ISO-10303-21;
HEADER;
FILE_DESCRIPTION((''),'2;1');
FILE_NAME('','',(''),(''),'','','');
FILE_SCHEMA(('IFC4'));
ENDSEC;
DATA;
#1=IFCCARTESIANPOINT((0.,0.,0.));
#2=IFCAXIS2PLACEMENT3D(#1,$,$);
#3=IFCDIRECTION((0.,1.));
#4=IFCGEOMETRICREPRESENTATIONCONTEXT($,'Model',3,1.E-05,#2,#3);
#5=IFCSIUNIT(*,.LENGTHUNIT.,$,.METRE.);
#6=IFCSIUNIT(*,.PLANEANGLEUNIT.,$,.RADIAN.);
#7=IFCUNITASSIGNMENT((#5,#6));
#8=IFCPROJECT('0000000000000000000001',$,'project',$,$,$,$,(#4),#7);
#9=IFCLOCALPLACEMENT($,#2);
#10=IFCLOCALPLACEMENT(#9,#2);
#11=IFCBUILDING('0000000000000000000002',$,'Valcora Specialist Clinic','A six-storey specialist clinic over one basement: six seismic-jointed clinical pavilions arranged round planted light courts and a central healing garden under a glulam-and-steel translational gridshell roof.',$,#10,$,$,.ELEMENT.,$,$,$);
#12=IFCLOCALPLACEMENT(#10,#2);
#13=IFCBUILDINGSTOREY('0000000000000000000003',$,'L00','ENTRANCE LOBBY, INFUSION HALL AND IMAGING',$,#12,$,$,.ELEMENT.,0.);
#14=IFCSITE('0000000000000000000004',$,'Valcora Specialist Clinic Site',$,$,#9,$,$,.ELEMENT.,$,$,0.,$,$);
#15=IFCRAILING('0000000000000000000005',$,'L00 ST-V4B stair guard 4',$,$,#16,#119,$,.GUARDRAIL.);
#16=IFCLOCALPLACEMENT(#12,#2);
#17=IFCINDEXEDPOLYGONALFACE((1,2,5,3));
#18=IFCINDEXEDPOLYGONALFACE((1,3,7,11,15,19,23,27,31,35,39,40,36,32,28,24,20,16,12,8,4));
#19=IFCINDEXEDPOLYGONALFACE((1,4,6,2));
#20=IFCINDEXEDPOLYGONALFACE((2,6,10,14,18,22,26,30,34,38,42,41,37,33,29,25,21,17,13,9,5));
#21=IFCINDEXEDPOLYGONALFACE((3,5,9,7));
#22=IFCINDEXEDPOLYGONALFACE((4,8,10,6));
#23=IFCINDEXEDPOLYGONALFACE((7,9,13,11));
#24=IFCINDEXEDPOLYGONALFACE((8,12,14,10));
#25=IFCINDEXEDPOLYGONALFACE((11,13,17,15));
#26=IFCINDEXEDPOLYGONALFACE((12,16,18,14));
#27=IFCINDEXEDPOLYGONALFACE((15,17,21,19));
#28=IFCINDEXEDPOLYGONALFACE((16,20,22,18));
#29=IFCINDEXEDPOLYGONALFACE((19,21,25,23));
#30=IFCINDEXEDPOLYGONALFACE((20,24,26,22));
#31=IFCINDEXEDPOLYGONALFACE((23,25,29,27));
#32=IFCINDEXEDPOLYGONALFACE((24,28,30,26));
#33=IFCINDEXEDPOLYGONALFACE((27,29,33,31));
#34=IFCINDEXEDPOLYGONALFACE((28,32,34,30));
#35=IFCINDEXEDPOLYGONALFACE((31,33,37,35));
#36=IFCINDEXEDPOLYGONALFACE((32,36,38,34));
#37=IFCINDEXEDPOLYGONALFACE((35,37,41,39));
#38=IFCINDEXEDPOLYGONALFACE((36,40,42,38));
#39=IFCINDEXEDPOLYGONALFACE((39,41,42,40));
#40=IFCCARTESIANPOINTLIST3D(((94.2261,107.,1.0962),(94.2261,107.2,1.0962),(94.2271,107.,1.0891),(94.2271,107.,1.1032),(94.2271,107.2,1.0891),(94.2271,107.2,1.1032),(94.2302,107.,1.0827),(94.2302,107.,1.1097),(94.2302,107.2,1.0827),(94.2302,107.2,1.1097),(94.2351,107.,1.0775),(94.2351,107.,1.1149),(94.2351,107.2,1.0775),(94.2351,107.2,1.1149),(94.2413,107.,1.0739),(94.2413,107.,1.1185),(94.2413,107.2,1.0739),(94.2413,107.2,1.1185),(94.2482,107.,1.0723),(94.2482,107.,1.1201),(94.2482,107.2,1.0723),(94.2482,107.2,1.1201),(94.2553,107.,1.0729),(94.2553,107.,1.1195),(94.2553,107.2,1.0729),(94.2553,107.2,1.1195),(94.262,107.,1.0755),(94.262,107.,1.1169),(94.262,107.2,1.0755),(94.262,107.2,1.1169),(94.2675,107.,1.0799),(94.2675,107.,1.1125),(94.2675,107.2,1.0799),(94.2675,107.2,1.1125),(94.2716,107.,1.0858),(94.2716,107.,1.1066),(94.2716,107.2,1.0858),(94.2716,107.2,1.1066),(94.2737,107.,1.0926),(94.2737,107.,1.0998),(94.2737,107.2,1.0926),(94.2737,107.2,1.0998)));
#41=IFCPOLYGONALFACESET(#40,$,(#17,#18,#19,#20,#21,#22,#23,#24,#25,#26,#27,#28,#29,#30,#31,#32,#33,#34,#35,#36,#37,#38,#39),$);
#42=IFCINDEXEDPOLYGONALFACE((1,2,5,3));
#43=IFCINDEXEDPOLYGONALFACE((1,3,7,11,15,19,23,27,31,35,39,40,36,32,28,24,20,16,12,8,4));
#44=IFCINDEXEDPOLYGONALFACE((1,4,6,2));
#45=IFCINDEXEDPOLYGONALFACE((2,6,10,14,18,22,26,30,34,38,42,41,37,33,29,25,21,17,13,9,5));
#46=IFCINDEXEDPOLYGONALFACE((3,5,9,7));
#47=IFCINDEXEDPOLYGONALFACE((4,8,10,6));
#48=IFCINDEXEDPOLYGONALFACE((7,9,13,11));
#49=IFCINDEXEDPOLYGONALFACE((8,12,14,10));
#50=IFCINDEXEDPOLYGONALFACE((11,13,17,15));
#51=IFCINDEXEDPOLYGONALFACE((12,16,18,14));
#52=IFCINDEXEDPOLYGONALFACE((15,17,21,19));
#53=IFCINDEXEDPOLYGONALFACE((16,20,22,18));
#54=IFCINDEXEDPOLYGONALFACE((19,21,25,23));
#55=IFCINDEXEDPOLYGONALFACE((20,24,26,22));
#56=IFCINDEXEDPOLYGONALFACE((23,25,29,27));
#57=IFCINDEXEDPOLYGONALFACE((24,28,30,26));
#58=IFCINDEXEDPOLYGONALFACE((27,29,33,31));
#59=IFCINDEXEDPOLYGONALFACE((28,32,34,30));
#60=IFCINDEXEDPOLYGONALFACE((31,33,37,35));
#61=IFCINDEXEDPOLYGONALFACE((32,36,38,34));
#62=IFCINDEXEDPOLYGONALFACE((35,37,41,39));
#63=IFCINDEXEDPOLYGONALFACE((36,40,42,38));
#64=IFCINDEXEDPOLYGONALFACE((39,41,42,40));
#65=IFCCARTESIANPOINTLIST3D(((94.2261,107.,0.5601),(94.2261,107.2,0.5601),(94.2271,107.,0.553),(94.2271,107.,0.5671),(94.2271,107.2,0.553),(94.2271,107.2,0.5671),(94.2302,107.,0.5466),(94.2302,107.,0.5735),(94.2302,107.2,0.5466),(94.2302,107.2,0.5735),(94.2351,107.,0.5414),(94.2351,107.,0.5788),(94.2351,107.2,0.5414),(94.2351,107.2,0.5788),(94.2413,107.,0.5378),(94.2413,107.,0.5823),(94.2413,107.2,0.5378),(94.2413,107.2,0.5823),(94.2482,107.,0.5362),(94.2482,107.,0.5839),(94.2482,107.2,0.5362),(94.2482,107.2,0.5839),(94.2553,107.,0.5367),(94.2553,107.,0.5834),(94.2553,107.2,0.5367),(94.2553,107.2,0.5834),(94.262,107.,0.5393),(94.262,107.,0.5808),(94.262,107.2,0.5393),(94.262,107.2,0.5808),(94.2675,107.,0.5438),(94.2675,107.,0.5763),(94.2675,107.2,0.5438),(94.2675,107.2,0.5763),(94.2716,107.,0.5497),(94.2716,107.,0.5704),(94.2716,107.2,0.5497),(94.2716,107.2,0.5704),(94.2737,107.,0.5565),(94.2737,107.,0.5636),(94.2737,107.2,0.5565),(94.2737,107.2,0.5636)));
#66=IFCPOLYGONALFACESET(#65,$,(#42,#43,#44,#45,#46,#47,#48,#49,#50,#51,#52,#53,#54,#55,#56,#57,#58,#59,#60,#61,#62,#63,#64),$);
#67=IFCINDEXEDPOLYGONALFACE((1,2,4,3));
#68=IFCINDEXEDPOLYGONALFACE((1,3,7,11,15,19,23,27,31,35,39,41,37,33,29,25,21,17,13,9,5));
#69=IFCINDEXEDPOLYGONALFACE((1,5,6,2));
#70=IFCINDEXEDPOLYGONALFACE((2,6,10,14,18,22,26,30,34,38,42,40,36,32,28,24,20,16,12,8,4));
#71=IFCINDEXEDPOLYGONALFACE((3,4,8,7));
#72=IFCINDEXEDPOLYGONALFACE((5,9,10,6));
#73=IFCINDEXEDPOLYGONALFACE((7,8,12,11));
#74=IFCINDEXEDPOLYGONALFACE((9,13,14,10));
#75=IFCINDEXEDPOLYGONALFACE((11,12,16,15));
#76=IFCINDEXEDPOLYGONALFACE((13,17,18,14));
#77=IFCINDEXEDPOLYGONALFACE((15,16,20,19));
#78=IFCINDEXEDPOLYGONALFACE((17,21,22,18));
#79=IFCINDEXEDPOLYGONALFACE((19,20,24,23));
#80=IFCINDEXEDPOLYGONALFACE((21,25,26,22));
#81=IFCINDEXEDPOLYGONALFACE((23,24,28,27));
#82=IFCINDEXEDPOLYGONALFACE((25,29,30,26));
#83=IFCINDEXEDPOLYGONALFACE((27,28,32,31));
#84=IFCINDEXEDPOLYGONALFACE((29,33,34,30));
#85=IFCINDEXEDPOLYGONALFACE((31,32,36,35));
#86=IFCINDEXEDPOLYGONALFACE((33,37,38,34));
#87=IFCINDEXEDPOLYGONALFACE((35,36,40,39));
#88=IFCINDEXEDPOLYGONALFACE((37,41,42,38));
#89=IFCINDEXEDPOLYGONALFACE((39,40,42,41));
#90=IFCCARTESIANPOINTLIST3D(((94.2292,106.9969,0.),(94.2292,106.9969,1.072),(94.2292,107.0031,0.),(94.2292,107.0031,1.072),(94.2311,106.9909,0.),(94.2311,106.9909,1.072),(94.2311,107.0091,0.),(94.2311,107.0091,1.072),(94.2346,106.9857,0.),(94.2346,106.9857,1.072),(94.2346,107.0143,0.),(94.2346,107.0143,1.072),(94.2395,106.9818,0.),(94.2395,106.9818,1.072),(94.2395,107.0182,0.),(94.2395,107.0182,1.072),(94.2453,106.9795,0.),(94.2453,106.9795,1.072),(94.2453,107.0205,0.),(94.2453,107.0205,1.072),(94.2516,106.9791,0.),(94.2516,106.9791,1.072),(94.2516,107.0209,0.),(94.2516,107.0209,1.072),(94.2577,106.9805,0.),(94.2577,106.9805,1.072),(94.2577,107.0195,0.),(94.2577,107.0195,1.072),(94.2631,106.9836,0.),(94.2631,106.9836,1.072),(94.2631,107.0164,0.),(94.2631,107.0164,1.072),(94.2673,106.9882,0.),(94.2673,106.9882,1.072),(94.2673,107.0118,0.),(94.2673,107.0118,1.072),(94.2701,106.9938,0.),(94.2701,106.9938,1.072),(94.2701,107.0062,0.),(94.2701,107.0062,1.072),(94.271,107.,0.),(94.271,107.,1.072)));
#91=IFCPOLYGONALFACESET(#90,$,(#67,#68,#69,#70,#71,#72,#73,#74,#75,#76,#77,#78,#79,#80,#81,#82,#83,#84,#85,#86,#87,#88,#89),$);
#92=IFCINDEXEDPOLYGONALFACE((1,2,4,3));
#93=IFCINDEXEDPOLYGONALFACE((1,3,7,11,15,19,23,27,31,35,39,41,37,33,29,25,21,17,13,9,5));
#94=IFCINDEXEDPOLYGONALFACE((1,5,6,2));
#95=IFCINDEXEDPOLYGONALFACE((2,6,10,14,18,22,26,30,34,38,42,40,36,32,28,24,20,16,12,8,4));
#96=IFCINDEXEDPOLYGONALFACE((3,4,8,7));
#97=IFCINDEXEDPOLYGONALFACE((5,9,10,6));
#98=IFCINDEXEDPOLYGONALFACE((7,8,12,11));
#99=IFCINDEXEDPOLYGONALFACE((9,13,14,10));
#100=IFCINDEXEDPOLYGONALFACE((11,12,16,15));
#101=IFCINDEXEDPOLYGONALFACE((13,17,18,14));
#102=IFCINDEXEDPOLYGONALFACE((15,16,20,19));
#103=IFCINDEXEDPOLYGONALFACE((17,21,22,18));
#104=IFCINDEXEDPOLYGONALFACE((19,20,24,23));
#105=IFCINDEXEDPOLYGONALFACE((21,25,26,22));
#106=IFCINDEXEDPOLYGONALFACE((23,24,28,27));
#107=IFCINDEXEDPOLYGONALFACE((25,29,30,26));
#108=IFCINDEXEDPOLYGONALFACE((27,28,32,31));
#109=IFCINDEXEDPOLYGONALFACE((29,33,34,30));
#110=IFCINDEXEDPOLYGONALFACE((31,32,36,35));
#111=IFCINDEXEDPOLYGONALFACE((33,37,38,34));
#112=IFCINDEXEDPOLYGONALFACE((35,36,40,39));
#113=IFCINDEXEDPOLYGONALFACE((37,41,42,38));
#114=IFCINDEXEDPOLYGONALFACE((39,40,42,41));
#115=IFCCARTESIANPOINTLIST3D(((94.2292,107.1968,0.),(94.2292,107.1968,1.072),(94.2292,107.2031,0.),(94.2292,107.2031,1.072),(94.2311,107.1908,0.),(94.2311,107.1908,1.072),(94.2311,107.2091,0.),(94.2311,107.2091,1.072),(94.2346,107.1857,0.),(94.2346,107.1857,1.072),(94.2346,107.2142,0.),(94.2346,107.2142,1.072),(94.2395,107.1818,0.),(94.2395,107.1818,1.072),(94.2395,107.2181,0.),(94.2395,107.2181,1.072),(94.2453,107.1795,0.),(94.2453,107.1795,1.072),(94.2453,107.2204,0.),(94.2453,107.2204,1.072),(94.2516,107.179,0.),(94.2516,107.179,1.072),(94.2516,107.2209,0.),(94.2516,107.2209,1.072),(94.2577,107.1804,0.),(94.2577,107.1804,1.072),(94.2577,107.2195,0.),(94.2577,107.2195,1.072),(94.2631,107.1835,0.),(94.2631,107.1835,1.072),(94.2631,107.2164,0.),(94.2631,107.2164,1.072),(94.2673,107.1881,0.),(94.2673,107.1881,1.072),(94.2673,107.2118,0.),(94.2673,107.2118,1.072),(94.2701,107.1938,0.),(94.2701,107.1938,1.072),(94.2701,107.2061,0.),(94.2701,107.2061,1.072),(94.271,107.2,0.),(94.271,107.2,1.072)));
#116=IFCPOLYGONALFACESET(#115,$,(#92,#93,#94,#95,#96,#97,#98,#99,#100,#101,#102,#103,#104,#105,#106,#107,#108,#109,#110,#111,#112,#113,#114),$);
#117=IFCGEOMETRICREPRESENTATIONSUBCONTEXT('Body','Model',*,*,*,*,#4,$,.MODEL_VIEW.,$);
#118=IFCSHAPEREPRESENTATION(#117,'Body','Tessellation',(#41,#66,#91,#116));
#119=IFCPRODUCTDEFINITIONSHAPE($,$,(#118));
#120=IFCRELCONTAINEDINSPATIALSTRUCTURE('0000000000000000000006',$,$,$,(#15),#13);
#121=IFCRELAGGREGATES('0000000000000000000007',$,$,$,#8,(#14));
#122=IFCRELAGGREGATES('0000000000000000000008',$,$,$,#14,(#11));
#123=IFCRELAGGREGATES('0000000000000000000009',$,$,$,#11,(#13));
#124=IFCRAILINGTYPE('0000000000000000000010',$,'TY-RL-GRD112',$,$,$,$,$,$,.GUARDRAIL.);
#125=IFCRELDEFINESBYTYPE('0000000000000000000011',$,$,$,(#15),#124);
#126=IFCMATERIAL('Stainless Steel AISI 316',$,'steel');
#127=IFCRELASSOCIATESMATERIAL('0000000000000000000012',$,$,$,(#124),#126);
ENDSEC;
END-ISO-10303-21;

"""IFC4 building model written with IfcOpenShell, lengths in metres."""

from ifc_helpers import new_model, si_unit, direction, frame, origin, origin_2d, place, context, subcontext, project, spatial, circle, extrude, material, type_object, element, save


model = new_model("IFC4")

# Units and contexts
model_context = context("Model", 3, precision=1e-05, world=origin(), true_north=direction((0.0, 1.0)))
body_context = subcontext(model_context, "Body", "Model", "MODEL_VIEW")
ifc_project = project(units=[si_unit("LENGTHUNIT", "METRE"), si_unit("PLANEANGLEUNIT", "RADIAN")], contexts=[model_context])

# Site, building, storey
site_placement = place(None, origin())
site = spatial("IfcSite", under=ifc_project, at=site_placement, Name="Valcora Specialist Clinic Site", CompositionType="ELEMENT", RefElevation=0.0)
building_placement = place(site_placement, origin())
building = spatial("IfcBuilding", under=site, at=building_placement, Name="Valcora Specialist Clinic", Description="A six-storey specialist clinic over one basement: six seismic-jointed clinical pavilions arranged round planted light courts and a central healing garden under a glulam-and-steel translational gridshell roof.", CompositionType="ELEMENT")
storey_placement = place(building_placement, origin())
storey = spatial("IfcBuildingStorey", under=building, at=storey_placement, Name="L00", Description="ENTRANCE LOBBY, INFUSION HALL AND IMAGING", CompositionType="ELEMENT", Elevation=0.0)

# Railing
ifc_material_1 = material(Name="Stainless Steel AISI 316", Category="steel")
railing_type_1 = type_object("IfcRailingType", Name="TY-RL-GRD112", PredefinedType="GUARDRAIL", material=ifc_material_1)
railing_1_placement = place(storey_placement, frame((94.25, 107.0, 0.0)))
element("IfcRailing", 1, at=railing_1_placement, inside=storey, type_object=railing_type_1, Name="L00 ST-V4B stair guard 4", PredefinedType="GUARDRAIL", context=body_context, shape_type="SweptSolid", body=[
    extrude(circle(Radius=0.0239, at=origin_2d()), frame((0.0, 0.0, 1.0962), z_axis=(0.0, 1.0, 0.0), x_axis=(-1.0, 0.0, 0.0)), (0.0, 0.0, 1.0), 0.2),
    extrude(circle(Radius=0.0239, at=origin_2d()), frame((0.0, 0.0, 0.5601), z_axis=(0.0, 1.0, 0.0), x_axis=(-1.0, 0.0, 0.0)), (0.0, 0.0, 1.0), 0.2),
    extrude(circle(Radius=0.021, at=origin_2d()), origin(), (0.0, 0.0, 1.0), 1.072),
    extrude(circle(Radius=0.021, at=origin_2d()), frame((0.0, 0.2, 0.0)), (0.0, 0.0, 1.0), 1.072),
])

save(model, "model.ifc")
